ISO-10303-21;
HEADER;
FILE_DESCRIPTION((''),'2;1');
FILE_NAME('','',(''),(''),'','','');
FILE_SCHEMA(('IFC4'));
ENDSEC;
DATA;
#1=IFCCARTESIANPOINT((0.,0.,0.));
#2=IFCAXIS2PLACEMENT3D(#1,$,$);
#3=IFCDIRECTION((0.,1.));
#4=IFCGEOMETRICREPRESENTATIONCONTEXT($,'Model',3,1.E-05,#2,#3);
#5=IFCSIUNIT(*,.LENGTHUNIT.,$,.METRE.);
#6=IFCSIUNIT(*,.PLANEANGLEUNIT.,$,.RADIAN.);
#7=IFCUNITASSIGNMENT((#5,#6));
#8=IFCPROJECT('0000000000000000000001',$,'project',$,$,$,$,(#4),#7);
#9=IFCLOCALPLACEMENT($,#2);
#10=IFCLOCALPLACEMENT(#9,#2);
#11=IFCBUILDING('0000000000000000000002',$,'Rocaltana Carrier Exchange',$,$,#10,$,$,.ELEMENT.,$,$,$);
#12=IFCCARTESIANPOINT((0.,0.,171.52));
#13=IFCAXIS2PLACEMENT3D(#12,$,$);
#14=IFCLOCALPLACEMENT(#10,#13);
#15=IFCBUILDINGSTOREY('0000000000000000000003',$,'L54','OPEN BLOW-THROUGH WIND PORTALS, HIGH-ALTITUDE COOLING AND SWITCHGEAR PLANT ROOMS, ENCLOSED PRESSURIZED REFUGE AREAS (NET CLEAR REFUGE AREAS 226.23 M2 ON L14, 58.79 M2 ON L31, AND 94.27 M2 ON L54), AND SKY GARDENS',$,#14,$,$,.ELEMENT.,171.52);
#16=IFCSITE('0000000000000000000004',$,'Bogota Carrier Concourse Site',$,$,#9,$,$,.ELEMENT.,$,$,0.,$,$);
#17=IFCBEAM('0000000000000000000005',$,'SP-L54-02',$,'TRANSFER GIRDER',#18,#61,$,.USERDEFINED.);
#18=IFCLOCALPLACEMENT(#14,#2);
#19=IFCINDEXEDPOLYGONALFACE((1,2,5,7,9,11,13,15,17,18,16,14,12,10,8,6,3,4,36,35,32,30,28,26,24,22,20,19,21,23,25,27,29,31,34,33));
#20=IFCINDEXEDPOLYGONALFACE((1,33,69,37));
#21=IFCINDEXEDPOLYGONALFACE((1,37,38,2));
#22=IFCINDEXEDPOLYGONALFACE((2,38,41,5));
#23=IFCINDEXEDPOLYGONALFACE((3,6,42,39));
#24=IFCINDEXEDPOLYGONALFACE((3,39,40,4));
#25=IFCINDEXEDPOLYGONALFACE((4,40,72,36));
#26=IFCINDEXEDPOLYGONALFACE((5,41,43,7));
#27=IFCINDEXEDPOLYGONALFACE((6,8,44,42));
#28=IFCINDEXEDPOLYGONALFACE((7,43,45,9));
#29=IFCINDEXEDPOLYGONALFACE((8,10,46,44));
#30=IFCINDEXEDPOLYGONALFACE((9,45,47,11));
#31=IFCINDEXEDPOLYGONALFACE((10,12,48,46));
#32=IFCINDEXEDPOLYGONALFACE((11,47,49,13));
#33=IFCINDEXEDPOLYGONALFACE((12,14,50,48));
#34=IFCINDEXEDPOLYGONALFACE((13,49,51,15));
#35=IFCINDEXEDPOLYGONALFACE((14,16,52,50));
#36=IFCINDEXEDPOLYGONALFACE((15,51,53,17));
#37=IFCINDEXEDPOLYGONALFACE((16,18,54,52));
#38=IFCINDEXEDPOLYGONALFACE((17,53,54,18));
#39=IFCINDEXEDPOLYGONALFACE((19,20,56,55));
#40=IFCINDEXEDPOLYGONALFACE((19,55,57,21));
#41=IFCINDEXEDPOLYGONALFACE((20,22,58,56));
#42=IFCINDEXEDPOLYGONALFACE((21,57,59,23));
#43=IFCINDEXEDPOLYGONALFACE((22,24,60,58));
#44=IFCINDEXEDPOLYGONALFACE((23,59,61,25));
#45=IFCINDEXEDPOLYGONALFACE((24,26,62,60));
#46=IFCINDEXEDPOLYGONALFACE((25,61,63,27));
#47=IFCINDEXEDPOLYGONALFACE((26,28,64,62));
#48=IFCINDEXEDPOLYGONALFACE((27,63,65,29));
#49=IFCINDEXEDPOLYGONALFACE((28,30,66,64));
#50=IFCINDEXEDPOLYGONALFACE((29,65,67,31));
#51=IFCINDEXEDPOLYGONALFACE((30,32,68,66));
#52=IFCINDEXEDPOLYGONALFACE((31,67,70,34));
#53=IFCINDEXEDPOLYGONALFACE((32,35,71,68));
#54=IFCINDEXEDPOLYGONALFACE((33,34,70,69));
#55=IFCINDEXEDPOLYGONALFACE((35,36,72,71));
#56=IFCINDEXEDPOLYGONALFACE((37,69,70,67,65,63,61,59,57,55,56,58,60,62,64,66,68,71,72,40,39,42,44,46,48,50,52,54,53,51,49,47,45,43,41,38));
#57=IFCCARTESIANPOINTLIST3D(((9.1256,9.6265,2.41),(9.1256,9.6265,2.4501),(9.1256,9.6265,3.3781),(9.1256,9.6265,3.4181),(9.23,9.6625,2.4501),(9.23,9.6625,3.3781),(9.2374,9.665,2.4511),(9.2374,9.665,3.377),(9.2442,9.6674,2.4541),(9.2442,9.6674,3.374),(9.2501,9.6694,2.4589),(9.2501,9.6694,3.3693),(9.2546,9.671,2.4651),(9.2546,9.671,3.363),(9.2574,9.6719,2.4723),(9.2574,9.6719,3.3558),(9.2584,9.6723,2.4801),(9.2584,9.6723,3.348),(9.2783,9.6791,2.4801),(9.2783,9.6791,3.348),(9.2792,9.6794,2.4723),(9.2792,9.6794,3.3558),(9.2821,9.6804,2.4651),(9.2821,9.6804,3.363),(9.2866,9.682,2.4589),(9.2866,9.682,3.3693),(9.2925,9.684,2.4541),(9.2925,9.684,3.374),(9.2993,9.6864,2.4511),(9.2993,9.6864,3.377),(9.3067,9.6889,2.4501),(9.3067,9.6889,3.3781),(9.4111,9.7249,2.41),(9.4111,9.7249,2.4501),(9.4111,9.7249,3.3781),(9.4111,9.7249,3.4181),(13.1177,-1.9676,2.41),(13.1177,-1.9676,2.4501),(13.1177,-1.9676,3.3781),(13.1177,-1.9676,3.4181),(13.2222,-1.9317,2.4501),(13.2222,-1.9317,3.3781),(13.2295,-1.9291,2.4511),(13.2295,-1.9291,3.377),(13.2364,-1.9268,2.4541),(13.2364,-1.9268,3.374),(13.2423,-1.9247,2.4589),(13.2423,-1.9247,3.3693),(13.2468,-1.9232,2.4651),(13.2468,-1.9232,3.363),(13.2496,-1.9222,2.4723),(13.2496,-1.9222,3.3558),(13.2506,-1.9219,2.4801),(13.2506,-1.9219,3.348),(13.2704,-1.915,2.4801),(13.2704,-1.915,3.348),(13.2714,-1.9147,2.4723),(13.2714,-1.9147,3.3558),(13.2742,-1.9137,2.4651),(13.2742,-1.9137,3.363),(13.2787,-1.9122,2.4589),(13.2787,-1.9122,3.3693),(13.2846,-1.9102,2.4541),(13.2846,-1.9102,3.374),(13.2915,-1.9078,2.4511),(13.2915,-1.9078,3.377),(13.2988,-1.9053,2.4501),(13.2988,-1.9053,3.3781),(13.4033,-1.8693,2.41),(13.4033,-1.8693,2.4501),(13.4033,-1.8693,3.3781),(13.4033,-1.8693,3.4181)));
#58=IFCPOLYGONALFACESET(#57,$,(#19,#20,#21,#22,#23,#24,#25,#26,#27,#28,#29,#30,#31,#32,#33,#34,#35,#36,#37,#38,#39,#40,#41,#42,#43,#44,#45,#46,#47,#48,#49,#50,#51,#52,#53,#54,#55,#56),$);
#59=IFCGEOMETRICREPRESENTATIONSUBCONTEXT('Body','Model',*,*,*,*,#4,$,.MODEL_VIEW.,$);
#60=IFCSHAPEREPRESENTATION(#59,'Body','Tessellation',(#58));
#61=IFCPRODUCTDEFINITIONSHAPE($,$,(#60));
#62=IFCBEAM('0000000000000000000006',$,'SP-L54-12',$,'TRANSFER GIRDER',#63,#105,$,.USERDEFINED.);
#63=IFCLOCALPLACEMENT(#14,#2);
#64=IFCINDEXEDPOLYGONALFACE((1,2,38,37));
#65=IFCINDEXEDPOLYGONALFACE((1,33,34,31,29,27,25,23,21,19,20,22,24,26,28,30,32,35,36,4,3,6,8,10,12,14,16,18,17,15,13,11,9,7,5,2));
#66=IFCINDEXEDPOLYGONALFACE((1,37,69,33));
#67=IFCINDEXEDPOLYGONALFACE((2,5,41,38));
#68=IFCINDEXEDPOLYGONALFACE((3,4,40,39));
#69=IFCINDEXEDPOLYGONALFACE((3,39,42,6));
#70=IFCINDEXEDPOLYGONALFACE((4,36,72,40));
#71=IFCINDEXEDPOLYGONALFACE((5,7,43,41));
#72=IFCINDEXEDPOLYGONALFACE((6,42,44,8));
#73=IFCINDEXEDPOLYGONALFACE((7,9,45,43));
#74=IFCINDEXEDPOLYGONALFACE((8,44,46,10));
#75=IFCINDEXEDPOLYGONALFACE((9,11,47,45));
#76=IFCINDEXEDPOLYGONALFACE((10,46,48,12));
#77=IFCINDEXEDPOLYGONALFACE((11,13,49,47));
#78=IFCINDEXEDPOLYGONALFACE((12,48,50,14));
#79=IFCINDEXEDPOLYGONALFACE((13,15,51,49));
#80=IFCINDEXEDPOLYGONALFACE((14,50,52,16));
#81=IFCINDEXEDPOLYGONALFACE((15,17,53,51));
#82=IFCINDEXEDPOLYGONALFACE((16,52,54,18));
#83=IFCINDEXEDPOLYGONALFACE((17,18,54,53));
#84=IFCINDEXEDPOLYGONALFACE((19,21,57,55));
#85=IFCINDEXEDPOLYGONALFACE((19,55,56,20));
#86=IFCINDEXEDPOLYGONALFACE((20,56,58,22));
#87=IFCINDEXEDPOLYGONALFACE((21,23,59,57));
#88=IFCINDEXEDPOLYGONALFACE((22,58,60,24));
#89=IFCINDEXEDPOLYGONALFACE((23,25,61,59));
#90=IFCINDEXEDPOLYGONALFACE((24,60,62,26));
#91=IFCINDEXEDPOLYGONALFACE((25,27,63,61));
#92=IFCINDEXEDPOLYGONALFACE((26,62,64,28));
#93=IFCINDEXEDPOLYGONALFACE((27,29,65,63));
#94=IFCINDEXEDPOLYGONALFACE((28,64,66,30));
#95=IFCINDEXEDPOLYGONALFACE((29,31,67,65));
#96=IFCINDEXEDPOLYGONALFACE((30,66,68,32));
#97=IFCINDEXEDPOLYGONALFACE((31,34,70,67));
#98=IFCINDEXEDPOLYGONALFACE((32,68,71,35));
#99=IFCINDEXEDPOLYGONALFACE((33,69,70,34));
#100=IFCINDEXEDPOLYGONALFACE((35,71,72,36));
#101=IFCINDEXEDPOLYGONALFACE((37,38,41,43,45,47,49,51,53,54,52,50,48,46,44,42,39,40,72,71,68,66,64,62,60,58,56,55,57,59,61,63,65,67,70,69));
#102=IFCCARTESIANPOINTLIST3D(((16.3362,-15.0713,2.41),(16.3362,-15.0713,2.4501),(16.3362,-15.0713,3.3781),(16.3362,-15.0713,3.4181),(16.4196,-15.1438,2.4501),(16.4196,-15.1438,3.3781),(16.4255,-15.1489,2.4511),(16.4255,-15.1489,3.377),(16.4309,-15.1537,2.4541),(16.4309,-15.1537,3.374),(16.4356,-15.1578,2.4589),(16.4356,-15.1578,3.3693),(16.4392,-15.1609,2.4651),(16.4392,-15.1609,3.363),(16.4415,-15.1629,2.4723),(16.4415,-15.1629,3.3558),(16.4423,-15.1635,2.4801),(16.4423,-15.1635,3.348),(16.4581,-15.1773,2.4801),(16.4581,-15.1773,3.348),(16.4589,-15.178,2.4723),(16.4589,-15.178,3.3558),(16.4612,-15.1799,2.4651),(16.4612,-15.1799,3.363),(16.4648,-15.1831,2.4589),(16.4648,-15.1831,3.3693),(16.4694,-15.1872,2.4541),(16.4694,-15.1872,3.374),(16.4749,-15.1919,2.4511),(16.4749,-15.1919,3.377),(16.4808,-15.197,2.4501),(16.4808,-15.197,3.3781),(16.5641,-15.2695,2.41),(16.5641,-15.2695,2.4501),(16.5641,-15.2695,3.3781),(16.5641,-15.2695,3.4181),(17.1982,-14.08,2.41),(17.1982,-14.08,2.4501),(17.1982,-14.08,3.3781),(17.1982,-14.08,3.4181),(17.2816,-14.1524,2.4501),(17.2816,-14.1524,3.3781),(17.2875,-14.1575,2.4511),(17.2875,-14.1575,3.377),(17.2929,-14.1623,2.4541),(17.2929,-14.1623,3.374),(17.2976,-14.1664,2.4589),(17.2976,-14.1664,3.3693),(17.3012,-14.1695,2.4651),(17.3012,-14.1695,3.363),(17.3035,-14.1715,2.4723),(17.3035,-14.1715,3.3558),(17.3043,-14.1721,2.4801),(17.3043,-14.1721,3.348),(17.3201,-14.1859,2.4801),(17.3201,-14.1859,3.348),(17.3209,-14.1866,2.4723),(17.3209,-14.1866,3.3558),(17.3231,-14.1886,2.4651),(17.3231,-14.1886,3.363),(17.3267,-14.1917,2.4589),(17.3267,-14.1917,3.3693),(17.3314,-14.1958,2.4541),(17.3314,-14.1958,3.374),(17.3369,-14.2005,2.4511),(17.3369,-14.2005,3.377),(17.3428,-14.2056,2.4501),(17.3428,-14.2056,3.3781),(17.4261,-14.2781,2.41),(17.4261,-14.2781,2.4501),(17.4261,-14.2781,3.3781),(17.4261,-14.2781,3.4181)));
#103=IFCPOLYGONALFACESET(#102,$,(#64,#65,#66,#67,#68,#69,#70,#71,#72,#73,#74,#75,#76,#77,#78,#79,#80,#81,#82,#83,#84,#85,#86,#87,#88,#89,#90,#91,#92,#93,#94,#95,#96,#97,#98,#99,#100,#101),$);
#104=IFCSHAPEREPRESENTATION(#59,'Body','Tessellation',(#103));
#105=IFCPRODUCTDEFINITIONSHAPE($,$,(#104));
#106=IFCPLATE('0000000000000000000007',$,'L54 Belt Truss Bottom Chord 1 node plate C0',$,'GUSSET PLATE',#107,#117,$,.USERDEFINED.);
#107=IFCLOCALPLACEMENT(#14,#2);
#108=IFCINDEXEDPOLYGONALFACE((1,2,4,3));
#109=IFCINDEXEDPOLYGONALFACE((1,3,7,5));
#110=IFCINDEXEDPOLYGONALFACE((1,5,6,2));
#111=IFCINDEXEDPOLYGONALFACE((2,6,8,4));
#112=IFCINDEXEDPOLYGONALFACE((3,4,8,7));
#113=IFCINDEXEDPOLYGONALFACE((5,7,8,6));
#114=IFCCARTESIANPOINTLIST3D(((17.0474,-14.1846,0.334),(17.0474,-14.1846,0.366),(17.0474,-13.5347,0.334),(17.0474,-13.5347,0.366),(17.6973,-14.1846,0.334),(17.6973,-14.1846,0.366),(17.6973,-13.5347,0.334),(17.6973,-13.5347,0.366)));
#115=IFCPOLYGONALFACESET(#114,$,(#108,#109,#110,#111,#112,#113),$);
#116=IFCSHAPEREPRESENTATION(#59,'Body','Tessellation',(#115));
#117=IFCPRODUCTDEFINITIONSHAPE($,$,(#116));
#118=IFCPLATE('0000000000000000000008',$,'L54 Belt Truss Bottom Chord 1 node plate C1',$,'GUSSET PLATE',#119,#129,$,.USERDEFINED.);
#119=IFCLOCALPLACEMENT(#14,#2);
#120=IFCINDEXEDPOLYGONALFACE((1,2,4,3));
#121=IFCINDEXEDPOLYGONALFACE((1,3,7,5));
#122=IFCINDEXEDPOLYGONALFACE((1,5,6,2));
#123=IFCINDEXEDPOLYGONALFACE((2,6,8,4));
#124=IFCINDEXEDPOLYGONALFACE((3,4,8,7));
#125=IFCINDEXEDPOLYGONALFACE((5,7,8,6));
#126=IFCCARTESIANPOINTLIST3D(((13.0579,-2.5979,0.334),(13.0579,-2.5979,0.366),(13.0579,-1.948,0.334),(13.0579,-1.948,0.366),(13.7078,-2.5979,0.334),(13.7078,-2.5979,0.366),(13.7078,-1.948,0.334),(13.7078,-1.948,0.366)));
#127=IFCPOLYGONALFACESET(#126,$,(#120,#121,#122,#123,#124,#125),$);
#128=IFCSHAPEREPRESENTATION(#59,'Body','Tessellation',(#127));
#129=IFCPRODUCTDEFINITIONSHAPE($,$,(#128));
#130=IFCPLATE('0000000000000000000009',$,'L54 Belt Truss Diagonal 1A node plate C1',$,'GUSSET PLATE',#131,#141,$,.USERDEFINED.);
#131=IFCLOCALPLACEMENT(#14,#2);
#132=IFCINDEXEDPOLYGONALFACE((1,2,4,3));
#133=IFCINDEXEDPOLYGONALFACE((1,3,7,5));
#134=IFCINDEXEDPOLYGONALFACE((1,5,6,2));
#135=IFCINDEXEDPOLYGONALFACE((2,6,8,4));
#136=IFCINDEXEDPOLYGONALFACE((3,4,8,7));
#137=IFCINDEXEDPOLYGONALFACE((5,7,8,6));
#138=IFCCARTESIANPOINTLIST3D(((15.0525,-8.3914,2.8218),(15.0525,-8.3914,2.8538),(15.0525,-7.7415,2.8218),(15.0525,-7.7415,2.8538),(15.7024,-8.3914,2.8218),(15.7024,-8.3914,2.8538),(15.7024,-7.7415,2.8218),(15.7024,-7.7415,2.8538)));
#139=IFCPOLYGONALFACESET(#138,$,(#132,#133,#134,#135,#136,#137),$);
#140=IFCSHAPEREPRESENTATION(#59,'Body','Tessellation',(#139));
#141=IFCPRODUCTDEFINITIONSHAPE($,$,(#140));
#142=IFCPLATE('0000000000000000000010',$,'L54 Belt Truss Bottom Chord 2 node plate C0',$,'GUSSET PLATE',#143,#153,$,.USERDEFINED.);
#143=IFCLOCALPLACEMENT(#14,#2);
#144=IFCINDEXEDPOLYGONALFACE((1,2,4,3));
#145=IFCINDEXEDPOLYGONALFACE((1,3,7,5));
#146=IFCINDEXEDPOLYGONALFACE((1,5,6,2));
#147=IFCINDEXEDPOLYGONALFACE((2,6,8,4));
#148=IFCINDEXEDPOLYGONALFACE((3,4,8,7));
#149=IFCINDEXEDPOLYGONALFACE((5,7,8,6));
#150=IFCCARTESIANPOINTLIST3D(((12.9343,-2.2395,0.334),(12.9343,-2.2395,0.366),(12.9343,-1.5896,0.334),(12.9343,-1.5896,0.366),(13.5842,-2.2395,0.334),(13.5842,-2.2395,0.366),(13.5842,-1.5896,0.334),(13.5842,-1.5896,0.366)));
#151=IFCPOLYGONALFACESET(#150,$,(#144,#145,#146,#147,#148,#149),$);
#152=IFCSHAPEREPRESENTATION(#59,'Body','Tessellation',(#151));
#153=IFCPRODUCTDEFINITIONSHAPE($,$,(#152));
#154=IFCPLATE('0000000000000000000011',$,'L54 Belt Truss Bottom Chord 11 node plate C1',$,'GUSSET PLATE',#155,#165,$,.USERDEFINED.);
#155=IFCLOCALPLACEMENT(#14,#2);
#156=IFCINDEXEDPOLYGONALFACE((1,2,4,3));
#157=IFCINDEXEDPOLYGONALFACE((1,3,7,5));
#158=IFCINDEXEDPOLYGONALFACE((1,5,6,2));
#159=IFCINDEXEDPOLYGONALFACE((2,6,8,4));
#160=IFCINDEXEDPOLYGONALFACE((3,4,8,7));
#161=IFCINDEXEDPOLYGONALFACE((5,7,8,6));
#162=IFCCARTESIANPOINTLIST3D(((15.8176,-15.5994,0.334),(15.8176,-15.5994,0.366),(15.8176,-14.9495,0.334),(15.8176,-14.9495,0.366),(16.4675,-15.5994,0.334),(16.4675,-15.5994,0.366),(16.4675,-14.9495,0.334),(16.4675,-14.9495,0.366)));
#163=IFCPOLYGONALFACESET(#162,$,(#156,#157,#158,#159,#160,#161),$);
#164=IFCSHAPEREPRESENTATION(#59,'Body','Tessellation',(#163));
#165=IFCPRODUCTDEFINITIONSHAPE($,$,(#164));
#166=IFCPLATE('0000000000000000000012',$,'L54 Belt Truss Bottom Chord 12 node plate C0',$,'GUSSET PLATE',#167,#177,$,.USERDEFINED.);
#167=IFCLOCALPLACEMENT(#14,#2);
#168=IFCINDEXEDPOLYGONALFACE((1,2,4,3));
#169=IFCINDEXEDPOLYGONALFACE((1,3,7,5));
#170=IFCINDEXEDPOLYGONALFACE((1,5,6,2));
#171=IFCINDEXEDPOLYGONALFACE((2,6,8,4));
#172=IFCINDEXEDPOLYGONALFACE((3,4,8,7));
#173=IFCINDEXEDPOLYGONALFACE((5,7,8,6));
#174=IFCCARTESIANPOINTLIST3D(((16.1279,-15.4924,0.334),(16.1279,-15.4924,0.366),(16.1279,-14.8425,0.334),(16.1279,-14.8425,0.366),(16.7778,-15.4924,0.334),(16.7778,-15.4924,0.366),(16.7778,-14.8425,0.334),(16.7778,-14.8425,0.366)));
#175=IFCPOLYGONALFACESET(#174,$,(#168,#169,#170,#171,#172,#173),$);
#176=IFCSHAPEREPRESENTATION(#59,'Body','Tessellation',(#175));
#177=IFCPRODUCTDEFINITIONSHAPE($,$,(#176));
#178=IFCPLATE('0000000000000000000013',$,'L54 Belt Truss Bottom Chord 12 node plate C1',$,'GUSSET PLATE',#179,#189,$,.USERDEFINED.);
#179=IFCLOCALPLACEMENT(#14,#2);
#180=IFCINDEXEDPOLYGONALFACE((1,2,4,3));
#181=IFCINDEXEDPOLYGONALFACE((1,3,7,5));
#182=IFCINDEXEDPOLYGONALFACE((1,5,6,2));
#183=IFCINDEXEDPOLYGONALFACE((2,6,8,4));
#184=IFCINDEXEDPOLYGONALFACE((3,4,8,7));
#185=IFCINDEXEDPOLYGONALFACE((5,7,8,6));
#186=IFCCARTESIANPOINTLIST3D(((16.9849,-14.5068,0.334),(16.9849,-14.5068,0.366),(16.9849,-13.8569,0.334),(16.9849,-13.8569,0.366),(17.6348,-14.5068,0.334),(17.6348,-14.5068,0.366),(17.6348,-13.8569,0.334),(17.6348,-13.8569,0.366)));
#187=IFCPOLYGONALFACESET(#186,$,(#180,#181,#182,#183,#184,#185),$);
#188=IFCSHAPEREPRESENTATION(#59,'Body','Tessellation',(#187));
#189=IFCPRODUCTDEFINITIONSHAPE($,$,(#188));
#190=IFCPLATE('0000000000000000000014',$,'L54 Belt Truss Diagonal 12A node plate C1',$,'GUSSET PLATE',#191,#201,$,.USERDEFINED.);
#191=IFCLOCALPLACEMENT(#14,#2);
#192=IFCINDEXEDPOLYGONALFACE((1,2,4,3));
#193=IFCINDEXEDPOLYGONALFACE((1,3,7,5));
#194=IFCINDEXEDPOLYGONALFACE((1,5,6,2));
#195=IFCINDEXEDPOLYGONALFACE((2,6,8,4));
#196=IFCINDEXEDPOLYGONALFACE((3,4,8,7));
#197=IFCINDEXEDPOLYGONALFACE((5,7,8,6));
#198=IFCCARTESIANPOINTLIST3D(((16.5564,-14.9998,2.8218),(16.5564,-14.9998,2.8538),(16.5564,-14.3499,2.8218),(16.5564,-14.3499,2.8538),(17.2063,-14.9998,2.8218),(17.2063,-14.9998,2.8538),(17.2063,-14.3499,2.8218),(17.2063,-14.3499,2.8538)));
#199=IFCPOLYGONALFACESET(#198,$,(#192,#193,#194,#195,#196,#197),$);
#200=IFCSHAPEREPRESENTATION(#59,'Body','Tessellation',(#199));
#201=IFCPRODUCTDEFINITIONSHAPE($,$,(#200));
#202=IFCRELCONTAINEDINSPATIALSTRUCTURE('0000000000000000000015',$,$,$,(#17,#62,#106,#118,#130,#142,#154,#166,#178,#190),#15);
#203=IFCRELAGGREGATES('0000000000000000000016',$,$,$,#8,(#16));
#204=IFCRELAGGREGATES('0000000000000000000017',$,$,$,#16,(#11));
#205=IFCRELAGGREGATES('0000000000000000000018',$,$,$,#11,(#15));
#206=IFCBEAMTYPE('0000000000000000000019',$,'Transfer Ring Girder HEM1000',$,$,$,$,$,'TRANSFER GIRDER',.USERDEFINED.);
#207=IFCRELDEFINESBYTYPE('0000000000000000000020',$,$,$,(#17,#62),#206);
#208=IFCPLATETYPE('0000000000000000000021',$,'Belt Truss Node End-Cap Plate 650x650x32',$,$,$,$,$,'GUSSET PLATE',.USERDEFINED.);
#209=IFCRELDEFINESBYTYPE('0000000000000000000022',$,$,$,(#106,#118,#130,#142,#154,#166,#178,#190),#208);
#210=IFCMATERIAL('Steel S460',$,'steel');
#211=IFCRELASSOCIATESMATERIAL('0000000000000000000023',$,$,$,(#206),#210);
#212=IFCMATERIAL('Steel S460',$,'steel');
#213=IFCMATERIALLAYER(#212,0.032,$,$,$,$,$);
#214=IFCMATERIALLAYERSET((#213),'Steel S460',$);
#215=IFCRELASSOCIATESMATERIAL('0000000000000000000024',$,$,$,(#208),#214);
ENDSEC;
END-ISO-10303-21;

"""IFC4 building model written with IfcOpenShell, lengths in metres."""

from ifc_helpers import new_model, si_unit, direction, frame, origin, origin_2d, place, context, subcontext, project, spatial, rectangle, i_section, extrude, material, layer, layer_set, material_profile, profile_set, type_object, element, save


model = new_model("IFC4")

# Units and contexts
model_context = context("Model", 3, precision=1e-05, world=origin(), true_north=direction((0.0, 1.0)))
body_context = subcontext(model_context, "Body", "Model", "MODEL_VIEW")
ifc_project = project(units=[si_unit("LENGTHUNIT", "METRE"), si_unit("PLANEANGLEUNIT", "RADIAN")], contexts=[model_context])

# Site, building, storey
site_placement = place(None, origin())
site = spatial("IfcSite", under=ifc_project, at=site_placement, Name="Bogota Carrier Concourse Site", CompositionType="ELEMENT", RefElevation=0.0)
building_placement = place(site_placement, origin())
building = spatial("IfcBuilding", under=site, at=building_placement, Name="Rocaltana Carrier Exchange", CompositionType="ELEMENT")
storey_placement = place(building_placement, frame((0.0, 0.0, 171.52)))
storey = spatial("IfcBuildingStorey", under=building, at=storey_placement, Name="L54", Description="OPEN BLOW-THROUGH WIND PORTALS, HIGH-ALTITUDE COOLING AND SWITCHGEAR PLANT ROOMS, ENCLOSED PRESSURIZED REFUGE AREAS (NET CLEAR REFUGE AREAS 226.23 M2 ON L14, 58.79 M2 ON L31, AND 94.27 M2 ON L54), AND SKY GARDENS", CompositionType="ELEMENT", Elevation=171.52)

# Beams
ifc_material_1 = material(Name="Steel S460", Category="steel")
ifc_material_profile_1 = material_profile(ifc_material_1, i_section(OverallWidth=0.302, OverallDepth=1.0081, WebThickness=0.021, FlangeThickness=0.04, FilletRadius=0.03, at=origin_2d()), Name="HEM1000")
ifc_profile_set_1 = profile_set([ifc_material_profile_1], Name="Steel S460")
beam_type_1 = type_object("IfcBeamType", Name="Transfer Ring Girder HEM1000", ElementType="TRANSFER GIRDER", PredefinedType="USERDEFINED", material=ifc_profile_set_1)
for number, where, z_axis, x_axis, name in (
    (1, (13.2605, -1.9185, 2.9141), (-0.325566, 0.945519, 0.0), (-0.945519, -0.325566, 0.0), "SP-L54-02"),
):
    element("IfcBeam", number, at=place(storey_placement, frame(where, z_axis=z_axis, x_axis=x_axis)), inside=storey, type_object=beam_type_1, Name=name, ObjectType="TRANSFER GIRDER", PredefinedType="USERDEFINED", context=body_context, shape_type="SweptSolid", body=[
        extrude(i_section(OverallWidth=0.302, OverallDepth=1.0081, WebThickness=0.021, FlangeThickness=0.04, FilletRadius=0.03, at=origin_2d()), origin(), (0.0, 0.0, 1.0), 12.2622),
    ])
beam_1_placement = place(storey_placement, frame((16.4502, -15.1704, 2.9141), z_axis=(0.656147, 0.754634, 0.0), x_axis=(-0.754634, 0.656147, 0.0)))
element("IfcBeam", 2, at=beam_1_placement, inside=storey, type_object=beam_type_1, Name="SP-L54-12", ObjectType="TRANSFER GIRDER", PredefinedType="USERDEFINED", context=body_context, shape_type="SweptSolid", body=[
    extrude(i_section(OverallWidth=0.302, OverallDepth=1.0081, WebThickness=0.021, FlangeThickness=0.04, FilletRadius=0.03, at=origin_2d()), origin(), (0.0, 0.0, 1.0), 1.3137),
])

# Plates
ifc_material_2 = material(Name="Steel S460", Category="steel")
ifc_layer_1 = layer(ifc_material_2, 0.032)
ifc_layer_set_1 = layer_set([ifc_layer_1], Name="Steel S460")
plate_type = type_object("IfcPlateType", Name="Belt Truss Node End-Cap Plate 650x650x32", ElementType="GUSSET PLATE", PredefinedType="USERDEFINED", material=ifc_layer_set_1)
for number, where, z_axis, x_axis, name in (
    (3, (17.3723, -13.8596, 0.334), (0.0, 0.0, 1.0), (1.0, 0.0, 0.0), "L54 Belt Truss Bottom Chord 1 node plate C0"),
    (4, (13.3828, -2.2729, 0.334), (0.0, 0.0, 1.0), (1.0, 0.0, 0.0), "L54 Belt Truss Bottom Chord 1 node plate C1"),
    (5, (15.3774, -8.0664, 2.8218), (0.0, 0.0, 1.0), (1.0, 0.0, 0.0), "L54 Belt Truss Diagonal 1A node plate C1"),
    (6, (13.2593, -1.9146, 0.334), (0.0, 0.0, 1.0), (1.0, 0.0, 0.0), "L54 Belt Truss Bottom Chord 2 node plate C0"),
    (7, (16.1426, -15.2744, 0.334), (0.0, 0.0, 1.0), (1.0, 0.0, 0.0), "L54 Belt Truss Bottom Chord 11 node plate C1"),
    (8, (16.4529, -15.1675, 0.334), (0.0, 0.0, 1.0), (1.0, 0.0, 0.0), "L54 Belt Truss Bottom Chord 12 node plate C0"),
    (9, (17.3098, -14.1819, 0.334), (0.0, 0.0, 1.0), (1.0, 0.0, 0.0), "L54 Belt Truss Bottom Chord 12 node plate C1"),
    (10, (16.8813, -14.6748, 2.8218), (0.0, 0.0, 1.0), (1.0, 0.0, 0.0), "L54 Belt Truss Diagonal 12A node plate C1"),
):
    element("IfcPlate", number, at=place(storey_placement, frame(where, z_axis=z_axis, x_axis=x_axis)), inside=storey, type_object=plate_type, Name=name, ObjectType="GUSSET PLATE", PredefinedType="USERDEFINED", context=body_context, shape_type="SweptSolid", body=[
        extrude(rectangle(XDim=0.6499, YDim=0.6499, at=origin_2d()), origin(), (0.0, 0.0, 1.0), 0.032),
    ])

save(model, "model.ifc")
